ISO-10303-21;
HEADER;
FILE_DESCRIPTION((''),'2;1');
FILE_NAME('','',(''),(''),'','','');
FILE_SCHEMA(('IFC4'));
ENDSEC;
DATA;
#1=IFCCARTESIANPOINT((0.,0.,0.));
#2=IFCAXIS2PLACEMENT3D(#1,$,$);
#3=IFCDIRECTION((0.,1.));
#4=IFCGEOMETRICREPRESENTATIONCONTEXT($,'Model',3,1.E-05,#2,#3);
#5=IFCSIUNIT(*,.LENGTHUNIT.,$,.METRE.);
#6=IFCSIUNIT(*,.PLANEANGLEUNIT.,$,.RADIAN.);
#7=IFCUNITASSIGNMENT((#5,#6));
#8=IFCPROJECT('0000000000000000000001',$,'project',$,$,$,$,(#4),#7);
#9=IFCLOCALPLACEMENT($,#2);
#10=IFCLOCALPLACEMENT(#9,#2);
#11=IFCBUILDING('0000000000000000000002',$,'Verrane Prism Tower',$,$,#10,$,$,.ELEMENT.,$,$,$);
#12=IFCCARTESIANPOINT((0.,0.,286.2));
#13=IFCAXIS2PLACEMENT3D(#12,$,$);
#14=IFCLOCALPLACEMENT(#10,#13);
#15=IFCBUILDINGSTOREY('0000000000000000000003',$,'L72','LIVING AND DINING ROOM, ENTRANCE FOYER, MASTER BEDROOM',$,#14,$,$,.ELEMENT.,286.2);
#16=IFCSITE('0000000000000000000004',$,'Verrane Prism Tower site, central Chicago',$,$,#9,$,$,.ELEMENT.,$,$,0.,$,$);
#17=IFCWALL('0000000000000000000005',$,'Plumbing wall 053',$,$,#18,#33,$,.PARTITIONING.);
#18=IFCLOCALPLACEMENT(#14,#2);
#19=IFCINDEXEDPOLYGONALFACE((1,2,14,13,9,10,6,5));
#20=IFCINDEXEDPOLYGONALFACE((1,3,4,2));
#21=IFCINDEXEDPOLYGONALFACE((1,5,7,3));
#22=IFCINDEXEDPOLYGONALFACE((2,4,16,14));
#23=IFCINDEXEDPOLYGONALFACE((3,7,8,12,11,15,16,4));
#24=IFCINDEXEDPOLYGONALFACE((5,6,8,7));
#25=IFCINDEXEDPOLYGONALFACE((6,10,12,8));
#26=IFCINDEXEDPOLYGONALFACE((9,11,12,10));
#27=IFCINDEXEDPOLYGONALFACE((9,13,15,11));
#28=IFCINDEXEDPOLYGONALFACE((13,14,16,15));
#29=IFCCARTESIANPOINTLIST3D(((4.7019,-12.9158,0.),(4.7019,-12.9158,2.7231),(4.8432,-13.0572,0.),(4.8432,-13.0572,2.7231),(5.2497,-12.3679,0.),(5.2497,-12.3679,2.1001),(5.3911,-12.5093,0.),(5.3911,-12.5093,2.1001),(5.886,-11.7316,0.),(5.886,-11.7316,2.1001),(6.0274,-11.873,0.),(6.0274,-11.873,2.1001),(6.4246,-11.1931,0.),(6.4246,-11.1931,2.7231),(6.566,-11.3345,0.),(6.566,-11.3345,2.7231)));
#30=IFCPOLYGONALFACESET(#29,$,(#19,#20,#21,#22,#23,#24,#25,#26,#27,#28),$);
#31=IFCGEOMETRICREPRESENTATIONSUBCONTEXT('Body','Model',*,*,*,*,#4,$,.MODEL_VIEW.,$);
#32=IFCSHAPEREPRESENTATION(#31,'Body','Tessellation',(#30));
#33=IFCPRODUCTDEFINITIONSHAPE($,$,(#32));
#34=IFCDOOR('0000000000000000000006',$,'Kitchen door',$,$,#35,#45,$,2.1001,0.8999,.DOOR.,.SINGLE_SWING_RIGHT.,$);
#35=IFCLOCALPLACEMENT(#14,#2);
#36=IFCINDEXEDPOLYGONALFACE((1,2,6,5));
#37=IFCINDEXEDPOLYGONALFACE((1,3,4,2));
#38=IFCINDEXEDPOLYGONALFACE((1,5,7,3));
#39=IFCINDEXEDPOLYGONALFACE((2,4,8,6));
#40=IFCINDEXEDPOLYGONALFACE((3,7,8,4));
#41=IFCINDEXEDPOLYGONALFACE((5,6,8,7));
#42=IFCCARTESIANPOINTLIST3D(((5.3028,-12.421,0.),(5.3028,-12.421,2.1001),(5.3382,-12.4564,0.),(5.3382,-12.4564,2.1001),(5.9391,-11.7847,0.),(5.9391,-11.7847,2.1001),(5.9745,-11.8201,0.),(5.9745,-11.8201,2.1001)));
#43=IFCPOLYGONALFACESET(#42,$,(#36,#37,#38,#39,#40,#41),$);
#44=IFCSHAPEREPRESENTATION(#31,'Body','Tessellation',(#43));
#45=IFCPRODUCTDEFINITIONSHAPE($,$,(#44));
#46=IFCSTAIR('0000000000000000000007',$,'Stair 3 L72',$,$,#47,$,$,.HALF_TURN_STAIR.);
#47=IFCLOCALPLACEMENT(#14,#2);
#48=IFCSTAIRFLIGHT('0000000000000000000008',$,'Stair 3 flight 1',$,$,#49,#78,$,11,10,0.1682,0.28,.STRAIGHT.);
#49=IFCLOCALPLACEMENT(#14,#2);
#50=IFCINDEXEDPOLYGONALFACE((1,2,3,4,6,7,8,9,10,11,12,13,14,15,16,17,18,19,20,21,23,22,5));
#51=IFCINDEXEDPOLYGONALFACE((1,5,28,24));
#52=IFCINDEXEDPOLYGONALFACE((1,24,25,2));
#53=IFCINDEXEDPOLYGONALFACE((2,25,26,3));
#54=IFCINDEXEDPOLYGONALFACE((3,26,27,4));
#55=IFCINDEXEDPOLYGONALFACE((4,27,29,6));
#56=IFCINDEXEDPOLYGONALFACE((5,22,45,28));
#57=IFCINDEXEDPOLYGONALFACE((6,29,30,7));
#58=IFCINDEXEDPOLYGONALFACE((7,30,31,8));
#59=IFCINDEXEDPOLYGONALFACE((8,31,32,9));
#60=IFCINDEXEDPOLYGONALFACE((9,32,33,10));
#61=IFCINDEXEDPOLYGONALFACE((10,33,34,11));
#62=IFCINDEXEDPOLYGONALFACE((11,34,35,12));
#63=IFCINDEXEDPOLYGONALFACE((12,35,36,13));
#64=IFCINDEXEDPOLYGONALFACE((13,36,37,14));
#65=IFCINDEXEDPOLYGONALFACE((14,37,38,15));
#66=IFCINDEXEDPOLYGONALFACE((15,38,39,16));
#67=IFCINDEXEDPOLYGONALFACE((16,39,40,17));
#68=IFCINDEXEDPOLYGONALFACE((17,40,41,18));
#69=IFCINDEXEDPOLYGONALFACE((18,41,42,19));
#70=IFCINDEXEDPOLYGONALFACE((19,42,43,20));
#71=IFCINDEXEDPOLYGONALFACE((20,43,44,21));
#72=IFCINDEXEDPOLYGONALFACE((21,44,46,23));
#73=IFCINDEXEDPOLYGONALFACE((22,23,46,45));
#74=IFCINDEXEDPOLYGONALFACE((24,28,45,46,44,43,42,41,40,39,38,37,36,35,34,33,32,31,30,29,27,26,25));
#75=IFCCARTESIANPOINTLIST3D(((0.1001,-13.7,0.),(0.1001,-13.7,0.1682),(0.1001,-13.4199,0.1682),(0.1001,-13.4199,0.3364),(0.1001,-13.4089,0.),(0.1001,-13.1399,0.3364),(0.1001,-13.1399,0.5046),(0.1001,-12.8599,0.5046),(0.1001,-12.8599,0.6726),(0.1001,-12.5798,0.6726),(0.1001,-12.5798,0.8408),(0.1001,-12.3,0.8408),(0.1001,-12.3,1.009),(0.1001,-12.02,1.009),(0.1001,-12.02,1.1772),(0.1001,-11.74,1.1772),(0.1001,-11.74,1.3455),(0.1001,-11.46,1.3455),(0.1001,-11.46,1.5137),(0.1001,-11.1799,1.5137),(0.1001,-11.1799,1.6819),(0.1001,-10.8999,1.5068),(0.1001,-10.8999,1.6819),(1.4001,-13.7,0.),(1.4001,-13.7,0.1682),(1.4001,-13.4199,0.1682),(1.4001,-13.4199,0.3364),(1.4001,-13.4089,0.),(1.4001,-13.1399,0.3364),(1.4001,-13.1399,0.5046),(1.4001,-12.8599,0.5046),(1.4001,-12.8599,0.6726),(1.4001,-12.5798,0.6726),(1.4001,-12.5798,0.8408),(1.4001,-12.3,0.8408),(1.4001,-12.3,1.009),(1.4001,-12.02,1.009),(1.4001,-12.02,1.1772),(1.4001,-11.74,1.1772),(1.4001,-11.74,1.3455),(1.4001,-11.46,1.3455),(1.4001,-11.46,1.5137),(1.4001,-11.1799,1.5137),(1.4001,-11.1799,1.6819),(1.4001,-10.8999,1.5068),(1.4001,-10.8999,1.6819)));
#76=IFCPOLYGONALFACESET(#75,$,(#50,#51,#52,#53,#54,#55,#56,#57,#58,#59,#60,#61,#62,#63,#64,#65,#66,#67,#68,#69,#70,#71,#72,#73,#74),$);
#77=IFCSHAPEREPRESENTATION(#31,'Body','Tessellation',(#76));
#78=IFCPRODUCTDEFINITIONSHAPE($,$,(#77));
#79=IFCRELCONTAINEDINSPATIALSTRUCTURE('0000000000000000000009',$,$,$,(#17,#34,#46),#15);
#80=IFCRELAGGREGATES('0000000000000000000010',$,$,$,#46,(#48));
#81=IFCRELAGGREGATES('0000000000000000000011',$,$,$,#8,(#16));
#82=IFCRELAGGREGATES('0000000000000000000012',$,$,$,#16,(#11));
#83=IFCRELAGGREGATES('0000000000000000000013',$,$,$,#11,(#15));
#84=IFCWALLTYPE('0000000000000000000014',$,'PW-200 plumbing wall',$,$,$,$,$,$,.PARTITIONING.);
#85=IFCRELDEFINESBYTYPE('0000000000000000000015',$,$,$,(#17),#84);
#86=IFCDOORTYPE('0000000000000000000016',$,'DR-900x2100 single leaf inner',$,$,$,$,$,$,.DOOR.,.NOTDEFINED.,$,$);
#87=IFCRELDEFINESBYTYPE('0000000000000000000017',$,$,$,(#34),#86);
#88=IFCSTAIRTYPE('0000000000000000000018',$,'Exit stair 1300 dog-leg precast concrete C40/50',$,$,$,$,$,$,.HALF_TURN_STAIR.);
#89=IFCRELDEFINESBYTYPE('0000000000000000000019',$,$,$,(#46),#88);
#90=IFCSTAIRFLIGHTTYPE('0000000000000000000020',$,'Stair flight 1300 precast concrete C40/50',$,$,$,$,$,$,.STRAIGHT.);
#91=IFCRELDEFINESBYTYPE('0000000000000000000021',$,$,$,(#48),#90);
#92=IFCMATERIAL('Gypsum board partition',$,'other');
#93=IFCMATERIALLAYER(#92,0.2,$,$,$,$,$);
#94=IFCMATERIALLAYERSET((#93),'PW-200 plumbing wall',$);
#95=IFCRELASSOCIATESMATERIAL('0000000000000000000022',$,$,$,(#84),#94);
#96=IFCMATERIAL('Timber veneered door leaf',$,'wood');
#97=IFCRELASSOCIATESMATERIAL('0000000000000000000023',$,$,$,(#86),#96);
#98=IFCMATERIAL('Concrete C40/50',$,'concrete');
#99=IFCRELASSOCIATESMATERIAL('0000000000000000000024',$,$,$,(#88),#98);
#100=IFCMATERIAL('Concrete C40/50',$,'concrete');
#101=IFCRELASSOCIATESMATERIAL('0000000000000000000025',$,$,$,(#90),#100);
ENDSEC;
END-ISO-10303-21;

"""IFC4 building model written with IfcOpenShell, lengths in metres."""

from ifc_helpers import new_model, si_unit, direction, frame, frame_2d, origin, place, context, subcontext, project, spatial, polyline, rectangle, outline, extrude, material, layer, layer_set, type_object, element, fill, aggregate, save


model = new_model("IFC4")

# Units and contexts
model_context = context("Model", 3, precision=1e-05, world=origin(), true_north=direction((0.0, 1.0)))
body_context = subcontext(model_context, "Body", "Model", "MODEL_VIEW")
ifc_project = project(units=[si_unit("LENGTHUNIT", "METRE"), si_unit("PLANEANGLEUNIT", "RADIAN")], contexts=[model_context])

# Site, building, storey
site_placement = place(None, origin())
site = spatial("IfcSite", under=ifc_project, at=site_placement, Name="Verrane Prism Tower site, central Chicago", CompositionType="ELEMENT", RefElevation=0.0)
building_placement = place(site_placement, origin())
building = spatial("IfcBuilding", under=site, at=building_placement, Name="Verrane Prism Tower", CompositionType="ELEMENT")
storey_placement = place(building_placement, frame((0.0, 0.0, 286.2)))
storey = spatial("IfcBuildingStorey", under=building, at=storey_placement, Name="L72", Description="LIVING AND DINING ROOM, ENTRANCE FOYER, MASTER BEDROOM", CompositionType="ELEMENT", Elevation=286.2)

# Shared definitions
ifc_material_1 = material(Name="Gypsum board partition", Category="other")
ifc_layer_1 = layer(ifc_material_1, 0.2)
ifc_layer_set_1 = layer_set([ifc_layer_1], Name="PW-200 plumbing wall")
wall_type_1 = type_object("IfcWallType", Name="PW-200 plumbing wall", PredefinedType="PARTITIONING", material=ifc_layer_set_1)

# Wall, opening, door
wall_1_placement = place(storey_placement, frame((4.7725, -12.9866, 0.0), z_axis=(0.0, 0.0, 1.0), x_axis=(0.707107, 0.707107, 0.0)))
wall_1 = element("IfcWall", 1, at=wall_1_placement, inside=storey, type_object=wall_type_1, Name="Plumbing wall 053", PredefinedType="PARTITIONING", context=body_context, shape_type="SweptSolid", body=[
    extrude(rectangle(XDim=2.4363, YDim=0.2, at=frame_2d((1.2183, 0.0))), origin(), (0.0, 0.0, 1.0), 2.7231),
])
opening_1_placement = place(wall_1_placement, frame((0.7749, 0.0, 0.0)))
opening_1 = element("IfcOpeningElement", 2, at=opening_1_placement, cuts=wall_1, PredefinedType="OPENING", context=body_context, shape_type="SweptSolid", body=[
    extrude(rectangle(XDim=0.8999, YDim=2.1001, at=frame_2d((0.45, 1.05))), frame((0.0, 0.1099, 0.0), z_axis=(0.0, -1.0, 0.0), x_axis=(1.0, 0.0, 0.0)), (0.0, 0.0, 1.0), 0.22),
])
ifc_material_2 = material(Name="Timber veneered door leaf", Category="wood")
door_type_1 = type_object("IfcDoorType", Name="DR-900x2100 single leaf inner", OperationType="NOTDEFINED", PredefinedType="DOOR", material=ifc_material_2)
door_1_placement = place(opening_1_placement, origin())
door_1 = element("IfcDoor", 3, at=door_1_placement, inside=storey, type_object=door_type_1, Name="Kitchen door", OperationType="SINGLE_SWING_RIGHT", OverallHeight=2.1001, OverallWidth=0.8999, PredefinedType="DOOR", context=body_context, shape_type="SweptSolid", body=[
    extrude(rectangle(XDim=0.8999, YDim=2.1001, at=frame_2d((0.45, 1.05))), frame((0.0, 0.0249, 0.0), z_axis=(0.0, -1.0, 0.0), x_axis=(1.0, 0.0, 0.0)), (0.0, 0.0, 1.0), 0.05),
])
fill(opening_1, door_1)

# Stair, stair flight
ifc_material_3 = material(Name="Concrete C40/50", Category="concrete")
stair_type = type_object("IfcStairType", Name="Exit stair 1300 dog-leg precast concrete C40/50", PredefinedType="HALF_TURN_STAIR", material=ifc_material_3)
stair_placement = place(storey_placement, origin())
stair = element("IfcStair", 4, at=stair_placement, inside=storey, type_object=stair_type, Name="Stair 3 L72", PredefinedType="HALF_TURN_STAIR")
ifc_material_4 = material(Name="Concrete C40/50", Category="concrete")
stair_flight_type = type_object("IfcStairFlightType", Name="Stair flight 1300 precast concrete C40/50", PredefinedType="STRAIGHT", material=ifc_material_4)
stair_flight_placement = place(storey_placement, frame((0.75, -13.7, 0.0), z_axis=(0.0, 0.0, 1.0), x_axis=(0.0, 1.0, 0.0)))
stair_flight = element("IfcStairFlight", 5, at=stair_flight_placement, type_object=stair_flight_type, Name="Stair 3 flight 1", NumberOfRisers=11, NumberOfTreads=10, PredefinedType="STRAIGHT", RiserHeight=0.1682, TreadLength=0.28, context=body_context, shape_type="SweptSolid", body=[
    extrude(outline(polyline([(0.0, 0.0), (0.0, 0.1682), (0.28, 0.1682), (0.28, 0.3364), (0.5601, 0.3364), (0.5601, 0.5046), (0.8401, 0.5046), (0.8401, 0.6726), (1.1201, 0.6726), (1.1201, 0.8408), (1.3999, 0.8408), (1.3999, 1.009), (1.6799, 1.009), (1.6799, 1.1772), (1.96, 1.1772), (1.96, 1.3455), (2.24, 1.3455), (2.24, 1.5137), (2.52, 1.5137), (2.52, 1.6819), (2.8, 1.6819), (2.8, 1.8501), (2.8, 1.5068), (0.291, 0.0), (0.0, 0.0)])), frame((0.0, 0.6499, 0.0), z_axis=(0.0, -1.0, 0.0), x_axis=(1.0, 0.0, 0.0)), (0.0, 0.0, 1.0), 1.3),
])
aggregate(stair, [stair_flight])

save(model, "model.ifc")
